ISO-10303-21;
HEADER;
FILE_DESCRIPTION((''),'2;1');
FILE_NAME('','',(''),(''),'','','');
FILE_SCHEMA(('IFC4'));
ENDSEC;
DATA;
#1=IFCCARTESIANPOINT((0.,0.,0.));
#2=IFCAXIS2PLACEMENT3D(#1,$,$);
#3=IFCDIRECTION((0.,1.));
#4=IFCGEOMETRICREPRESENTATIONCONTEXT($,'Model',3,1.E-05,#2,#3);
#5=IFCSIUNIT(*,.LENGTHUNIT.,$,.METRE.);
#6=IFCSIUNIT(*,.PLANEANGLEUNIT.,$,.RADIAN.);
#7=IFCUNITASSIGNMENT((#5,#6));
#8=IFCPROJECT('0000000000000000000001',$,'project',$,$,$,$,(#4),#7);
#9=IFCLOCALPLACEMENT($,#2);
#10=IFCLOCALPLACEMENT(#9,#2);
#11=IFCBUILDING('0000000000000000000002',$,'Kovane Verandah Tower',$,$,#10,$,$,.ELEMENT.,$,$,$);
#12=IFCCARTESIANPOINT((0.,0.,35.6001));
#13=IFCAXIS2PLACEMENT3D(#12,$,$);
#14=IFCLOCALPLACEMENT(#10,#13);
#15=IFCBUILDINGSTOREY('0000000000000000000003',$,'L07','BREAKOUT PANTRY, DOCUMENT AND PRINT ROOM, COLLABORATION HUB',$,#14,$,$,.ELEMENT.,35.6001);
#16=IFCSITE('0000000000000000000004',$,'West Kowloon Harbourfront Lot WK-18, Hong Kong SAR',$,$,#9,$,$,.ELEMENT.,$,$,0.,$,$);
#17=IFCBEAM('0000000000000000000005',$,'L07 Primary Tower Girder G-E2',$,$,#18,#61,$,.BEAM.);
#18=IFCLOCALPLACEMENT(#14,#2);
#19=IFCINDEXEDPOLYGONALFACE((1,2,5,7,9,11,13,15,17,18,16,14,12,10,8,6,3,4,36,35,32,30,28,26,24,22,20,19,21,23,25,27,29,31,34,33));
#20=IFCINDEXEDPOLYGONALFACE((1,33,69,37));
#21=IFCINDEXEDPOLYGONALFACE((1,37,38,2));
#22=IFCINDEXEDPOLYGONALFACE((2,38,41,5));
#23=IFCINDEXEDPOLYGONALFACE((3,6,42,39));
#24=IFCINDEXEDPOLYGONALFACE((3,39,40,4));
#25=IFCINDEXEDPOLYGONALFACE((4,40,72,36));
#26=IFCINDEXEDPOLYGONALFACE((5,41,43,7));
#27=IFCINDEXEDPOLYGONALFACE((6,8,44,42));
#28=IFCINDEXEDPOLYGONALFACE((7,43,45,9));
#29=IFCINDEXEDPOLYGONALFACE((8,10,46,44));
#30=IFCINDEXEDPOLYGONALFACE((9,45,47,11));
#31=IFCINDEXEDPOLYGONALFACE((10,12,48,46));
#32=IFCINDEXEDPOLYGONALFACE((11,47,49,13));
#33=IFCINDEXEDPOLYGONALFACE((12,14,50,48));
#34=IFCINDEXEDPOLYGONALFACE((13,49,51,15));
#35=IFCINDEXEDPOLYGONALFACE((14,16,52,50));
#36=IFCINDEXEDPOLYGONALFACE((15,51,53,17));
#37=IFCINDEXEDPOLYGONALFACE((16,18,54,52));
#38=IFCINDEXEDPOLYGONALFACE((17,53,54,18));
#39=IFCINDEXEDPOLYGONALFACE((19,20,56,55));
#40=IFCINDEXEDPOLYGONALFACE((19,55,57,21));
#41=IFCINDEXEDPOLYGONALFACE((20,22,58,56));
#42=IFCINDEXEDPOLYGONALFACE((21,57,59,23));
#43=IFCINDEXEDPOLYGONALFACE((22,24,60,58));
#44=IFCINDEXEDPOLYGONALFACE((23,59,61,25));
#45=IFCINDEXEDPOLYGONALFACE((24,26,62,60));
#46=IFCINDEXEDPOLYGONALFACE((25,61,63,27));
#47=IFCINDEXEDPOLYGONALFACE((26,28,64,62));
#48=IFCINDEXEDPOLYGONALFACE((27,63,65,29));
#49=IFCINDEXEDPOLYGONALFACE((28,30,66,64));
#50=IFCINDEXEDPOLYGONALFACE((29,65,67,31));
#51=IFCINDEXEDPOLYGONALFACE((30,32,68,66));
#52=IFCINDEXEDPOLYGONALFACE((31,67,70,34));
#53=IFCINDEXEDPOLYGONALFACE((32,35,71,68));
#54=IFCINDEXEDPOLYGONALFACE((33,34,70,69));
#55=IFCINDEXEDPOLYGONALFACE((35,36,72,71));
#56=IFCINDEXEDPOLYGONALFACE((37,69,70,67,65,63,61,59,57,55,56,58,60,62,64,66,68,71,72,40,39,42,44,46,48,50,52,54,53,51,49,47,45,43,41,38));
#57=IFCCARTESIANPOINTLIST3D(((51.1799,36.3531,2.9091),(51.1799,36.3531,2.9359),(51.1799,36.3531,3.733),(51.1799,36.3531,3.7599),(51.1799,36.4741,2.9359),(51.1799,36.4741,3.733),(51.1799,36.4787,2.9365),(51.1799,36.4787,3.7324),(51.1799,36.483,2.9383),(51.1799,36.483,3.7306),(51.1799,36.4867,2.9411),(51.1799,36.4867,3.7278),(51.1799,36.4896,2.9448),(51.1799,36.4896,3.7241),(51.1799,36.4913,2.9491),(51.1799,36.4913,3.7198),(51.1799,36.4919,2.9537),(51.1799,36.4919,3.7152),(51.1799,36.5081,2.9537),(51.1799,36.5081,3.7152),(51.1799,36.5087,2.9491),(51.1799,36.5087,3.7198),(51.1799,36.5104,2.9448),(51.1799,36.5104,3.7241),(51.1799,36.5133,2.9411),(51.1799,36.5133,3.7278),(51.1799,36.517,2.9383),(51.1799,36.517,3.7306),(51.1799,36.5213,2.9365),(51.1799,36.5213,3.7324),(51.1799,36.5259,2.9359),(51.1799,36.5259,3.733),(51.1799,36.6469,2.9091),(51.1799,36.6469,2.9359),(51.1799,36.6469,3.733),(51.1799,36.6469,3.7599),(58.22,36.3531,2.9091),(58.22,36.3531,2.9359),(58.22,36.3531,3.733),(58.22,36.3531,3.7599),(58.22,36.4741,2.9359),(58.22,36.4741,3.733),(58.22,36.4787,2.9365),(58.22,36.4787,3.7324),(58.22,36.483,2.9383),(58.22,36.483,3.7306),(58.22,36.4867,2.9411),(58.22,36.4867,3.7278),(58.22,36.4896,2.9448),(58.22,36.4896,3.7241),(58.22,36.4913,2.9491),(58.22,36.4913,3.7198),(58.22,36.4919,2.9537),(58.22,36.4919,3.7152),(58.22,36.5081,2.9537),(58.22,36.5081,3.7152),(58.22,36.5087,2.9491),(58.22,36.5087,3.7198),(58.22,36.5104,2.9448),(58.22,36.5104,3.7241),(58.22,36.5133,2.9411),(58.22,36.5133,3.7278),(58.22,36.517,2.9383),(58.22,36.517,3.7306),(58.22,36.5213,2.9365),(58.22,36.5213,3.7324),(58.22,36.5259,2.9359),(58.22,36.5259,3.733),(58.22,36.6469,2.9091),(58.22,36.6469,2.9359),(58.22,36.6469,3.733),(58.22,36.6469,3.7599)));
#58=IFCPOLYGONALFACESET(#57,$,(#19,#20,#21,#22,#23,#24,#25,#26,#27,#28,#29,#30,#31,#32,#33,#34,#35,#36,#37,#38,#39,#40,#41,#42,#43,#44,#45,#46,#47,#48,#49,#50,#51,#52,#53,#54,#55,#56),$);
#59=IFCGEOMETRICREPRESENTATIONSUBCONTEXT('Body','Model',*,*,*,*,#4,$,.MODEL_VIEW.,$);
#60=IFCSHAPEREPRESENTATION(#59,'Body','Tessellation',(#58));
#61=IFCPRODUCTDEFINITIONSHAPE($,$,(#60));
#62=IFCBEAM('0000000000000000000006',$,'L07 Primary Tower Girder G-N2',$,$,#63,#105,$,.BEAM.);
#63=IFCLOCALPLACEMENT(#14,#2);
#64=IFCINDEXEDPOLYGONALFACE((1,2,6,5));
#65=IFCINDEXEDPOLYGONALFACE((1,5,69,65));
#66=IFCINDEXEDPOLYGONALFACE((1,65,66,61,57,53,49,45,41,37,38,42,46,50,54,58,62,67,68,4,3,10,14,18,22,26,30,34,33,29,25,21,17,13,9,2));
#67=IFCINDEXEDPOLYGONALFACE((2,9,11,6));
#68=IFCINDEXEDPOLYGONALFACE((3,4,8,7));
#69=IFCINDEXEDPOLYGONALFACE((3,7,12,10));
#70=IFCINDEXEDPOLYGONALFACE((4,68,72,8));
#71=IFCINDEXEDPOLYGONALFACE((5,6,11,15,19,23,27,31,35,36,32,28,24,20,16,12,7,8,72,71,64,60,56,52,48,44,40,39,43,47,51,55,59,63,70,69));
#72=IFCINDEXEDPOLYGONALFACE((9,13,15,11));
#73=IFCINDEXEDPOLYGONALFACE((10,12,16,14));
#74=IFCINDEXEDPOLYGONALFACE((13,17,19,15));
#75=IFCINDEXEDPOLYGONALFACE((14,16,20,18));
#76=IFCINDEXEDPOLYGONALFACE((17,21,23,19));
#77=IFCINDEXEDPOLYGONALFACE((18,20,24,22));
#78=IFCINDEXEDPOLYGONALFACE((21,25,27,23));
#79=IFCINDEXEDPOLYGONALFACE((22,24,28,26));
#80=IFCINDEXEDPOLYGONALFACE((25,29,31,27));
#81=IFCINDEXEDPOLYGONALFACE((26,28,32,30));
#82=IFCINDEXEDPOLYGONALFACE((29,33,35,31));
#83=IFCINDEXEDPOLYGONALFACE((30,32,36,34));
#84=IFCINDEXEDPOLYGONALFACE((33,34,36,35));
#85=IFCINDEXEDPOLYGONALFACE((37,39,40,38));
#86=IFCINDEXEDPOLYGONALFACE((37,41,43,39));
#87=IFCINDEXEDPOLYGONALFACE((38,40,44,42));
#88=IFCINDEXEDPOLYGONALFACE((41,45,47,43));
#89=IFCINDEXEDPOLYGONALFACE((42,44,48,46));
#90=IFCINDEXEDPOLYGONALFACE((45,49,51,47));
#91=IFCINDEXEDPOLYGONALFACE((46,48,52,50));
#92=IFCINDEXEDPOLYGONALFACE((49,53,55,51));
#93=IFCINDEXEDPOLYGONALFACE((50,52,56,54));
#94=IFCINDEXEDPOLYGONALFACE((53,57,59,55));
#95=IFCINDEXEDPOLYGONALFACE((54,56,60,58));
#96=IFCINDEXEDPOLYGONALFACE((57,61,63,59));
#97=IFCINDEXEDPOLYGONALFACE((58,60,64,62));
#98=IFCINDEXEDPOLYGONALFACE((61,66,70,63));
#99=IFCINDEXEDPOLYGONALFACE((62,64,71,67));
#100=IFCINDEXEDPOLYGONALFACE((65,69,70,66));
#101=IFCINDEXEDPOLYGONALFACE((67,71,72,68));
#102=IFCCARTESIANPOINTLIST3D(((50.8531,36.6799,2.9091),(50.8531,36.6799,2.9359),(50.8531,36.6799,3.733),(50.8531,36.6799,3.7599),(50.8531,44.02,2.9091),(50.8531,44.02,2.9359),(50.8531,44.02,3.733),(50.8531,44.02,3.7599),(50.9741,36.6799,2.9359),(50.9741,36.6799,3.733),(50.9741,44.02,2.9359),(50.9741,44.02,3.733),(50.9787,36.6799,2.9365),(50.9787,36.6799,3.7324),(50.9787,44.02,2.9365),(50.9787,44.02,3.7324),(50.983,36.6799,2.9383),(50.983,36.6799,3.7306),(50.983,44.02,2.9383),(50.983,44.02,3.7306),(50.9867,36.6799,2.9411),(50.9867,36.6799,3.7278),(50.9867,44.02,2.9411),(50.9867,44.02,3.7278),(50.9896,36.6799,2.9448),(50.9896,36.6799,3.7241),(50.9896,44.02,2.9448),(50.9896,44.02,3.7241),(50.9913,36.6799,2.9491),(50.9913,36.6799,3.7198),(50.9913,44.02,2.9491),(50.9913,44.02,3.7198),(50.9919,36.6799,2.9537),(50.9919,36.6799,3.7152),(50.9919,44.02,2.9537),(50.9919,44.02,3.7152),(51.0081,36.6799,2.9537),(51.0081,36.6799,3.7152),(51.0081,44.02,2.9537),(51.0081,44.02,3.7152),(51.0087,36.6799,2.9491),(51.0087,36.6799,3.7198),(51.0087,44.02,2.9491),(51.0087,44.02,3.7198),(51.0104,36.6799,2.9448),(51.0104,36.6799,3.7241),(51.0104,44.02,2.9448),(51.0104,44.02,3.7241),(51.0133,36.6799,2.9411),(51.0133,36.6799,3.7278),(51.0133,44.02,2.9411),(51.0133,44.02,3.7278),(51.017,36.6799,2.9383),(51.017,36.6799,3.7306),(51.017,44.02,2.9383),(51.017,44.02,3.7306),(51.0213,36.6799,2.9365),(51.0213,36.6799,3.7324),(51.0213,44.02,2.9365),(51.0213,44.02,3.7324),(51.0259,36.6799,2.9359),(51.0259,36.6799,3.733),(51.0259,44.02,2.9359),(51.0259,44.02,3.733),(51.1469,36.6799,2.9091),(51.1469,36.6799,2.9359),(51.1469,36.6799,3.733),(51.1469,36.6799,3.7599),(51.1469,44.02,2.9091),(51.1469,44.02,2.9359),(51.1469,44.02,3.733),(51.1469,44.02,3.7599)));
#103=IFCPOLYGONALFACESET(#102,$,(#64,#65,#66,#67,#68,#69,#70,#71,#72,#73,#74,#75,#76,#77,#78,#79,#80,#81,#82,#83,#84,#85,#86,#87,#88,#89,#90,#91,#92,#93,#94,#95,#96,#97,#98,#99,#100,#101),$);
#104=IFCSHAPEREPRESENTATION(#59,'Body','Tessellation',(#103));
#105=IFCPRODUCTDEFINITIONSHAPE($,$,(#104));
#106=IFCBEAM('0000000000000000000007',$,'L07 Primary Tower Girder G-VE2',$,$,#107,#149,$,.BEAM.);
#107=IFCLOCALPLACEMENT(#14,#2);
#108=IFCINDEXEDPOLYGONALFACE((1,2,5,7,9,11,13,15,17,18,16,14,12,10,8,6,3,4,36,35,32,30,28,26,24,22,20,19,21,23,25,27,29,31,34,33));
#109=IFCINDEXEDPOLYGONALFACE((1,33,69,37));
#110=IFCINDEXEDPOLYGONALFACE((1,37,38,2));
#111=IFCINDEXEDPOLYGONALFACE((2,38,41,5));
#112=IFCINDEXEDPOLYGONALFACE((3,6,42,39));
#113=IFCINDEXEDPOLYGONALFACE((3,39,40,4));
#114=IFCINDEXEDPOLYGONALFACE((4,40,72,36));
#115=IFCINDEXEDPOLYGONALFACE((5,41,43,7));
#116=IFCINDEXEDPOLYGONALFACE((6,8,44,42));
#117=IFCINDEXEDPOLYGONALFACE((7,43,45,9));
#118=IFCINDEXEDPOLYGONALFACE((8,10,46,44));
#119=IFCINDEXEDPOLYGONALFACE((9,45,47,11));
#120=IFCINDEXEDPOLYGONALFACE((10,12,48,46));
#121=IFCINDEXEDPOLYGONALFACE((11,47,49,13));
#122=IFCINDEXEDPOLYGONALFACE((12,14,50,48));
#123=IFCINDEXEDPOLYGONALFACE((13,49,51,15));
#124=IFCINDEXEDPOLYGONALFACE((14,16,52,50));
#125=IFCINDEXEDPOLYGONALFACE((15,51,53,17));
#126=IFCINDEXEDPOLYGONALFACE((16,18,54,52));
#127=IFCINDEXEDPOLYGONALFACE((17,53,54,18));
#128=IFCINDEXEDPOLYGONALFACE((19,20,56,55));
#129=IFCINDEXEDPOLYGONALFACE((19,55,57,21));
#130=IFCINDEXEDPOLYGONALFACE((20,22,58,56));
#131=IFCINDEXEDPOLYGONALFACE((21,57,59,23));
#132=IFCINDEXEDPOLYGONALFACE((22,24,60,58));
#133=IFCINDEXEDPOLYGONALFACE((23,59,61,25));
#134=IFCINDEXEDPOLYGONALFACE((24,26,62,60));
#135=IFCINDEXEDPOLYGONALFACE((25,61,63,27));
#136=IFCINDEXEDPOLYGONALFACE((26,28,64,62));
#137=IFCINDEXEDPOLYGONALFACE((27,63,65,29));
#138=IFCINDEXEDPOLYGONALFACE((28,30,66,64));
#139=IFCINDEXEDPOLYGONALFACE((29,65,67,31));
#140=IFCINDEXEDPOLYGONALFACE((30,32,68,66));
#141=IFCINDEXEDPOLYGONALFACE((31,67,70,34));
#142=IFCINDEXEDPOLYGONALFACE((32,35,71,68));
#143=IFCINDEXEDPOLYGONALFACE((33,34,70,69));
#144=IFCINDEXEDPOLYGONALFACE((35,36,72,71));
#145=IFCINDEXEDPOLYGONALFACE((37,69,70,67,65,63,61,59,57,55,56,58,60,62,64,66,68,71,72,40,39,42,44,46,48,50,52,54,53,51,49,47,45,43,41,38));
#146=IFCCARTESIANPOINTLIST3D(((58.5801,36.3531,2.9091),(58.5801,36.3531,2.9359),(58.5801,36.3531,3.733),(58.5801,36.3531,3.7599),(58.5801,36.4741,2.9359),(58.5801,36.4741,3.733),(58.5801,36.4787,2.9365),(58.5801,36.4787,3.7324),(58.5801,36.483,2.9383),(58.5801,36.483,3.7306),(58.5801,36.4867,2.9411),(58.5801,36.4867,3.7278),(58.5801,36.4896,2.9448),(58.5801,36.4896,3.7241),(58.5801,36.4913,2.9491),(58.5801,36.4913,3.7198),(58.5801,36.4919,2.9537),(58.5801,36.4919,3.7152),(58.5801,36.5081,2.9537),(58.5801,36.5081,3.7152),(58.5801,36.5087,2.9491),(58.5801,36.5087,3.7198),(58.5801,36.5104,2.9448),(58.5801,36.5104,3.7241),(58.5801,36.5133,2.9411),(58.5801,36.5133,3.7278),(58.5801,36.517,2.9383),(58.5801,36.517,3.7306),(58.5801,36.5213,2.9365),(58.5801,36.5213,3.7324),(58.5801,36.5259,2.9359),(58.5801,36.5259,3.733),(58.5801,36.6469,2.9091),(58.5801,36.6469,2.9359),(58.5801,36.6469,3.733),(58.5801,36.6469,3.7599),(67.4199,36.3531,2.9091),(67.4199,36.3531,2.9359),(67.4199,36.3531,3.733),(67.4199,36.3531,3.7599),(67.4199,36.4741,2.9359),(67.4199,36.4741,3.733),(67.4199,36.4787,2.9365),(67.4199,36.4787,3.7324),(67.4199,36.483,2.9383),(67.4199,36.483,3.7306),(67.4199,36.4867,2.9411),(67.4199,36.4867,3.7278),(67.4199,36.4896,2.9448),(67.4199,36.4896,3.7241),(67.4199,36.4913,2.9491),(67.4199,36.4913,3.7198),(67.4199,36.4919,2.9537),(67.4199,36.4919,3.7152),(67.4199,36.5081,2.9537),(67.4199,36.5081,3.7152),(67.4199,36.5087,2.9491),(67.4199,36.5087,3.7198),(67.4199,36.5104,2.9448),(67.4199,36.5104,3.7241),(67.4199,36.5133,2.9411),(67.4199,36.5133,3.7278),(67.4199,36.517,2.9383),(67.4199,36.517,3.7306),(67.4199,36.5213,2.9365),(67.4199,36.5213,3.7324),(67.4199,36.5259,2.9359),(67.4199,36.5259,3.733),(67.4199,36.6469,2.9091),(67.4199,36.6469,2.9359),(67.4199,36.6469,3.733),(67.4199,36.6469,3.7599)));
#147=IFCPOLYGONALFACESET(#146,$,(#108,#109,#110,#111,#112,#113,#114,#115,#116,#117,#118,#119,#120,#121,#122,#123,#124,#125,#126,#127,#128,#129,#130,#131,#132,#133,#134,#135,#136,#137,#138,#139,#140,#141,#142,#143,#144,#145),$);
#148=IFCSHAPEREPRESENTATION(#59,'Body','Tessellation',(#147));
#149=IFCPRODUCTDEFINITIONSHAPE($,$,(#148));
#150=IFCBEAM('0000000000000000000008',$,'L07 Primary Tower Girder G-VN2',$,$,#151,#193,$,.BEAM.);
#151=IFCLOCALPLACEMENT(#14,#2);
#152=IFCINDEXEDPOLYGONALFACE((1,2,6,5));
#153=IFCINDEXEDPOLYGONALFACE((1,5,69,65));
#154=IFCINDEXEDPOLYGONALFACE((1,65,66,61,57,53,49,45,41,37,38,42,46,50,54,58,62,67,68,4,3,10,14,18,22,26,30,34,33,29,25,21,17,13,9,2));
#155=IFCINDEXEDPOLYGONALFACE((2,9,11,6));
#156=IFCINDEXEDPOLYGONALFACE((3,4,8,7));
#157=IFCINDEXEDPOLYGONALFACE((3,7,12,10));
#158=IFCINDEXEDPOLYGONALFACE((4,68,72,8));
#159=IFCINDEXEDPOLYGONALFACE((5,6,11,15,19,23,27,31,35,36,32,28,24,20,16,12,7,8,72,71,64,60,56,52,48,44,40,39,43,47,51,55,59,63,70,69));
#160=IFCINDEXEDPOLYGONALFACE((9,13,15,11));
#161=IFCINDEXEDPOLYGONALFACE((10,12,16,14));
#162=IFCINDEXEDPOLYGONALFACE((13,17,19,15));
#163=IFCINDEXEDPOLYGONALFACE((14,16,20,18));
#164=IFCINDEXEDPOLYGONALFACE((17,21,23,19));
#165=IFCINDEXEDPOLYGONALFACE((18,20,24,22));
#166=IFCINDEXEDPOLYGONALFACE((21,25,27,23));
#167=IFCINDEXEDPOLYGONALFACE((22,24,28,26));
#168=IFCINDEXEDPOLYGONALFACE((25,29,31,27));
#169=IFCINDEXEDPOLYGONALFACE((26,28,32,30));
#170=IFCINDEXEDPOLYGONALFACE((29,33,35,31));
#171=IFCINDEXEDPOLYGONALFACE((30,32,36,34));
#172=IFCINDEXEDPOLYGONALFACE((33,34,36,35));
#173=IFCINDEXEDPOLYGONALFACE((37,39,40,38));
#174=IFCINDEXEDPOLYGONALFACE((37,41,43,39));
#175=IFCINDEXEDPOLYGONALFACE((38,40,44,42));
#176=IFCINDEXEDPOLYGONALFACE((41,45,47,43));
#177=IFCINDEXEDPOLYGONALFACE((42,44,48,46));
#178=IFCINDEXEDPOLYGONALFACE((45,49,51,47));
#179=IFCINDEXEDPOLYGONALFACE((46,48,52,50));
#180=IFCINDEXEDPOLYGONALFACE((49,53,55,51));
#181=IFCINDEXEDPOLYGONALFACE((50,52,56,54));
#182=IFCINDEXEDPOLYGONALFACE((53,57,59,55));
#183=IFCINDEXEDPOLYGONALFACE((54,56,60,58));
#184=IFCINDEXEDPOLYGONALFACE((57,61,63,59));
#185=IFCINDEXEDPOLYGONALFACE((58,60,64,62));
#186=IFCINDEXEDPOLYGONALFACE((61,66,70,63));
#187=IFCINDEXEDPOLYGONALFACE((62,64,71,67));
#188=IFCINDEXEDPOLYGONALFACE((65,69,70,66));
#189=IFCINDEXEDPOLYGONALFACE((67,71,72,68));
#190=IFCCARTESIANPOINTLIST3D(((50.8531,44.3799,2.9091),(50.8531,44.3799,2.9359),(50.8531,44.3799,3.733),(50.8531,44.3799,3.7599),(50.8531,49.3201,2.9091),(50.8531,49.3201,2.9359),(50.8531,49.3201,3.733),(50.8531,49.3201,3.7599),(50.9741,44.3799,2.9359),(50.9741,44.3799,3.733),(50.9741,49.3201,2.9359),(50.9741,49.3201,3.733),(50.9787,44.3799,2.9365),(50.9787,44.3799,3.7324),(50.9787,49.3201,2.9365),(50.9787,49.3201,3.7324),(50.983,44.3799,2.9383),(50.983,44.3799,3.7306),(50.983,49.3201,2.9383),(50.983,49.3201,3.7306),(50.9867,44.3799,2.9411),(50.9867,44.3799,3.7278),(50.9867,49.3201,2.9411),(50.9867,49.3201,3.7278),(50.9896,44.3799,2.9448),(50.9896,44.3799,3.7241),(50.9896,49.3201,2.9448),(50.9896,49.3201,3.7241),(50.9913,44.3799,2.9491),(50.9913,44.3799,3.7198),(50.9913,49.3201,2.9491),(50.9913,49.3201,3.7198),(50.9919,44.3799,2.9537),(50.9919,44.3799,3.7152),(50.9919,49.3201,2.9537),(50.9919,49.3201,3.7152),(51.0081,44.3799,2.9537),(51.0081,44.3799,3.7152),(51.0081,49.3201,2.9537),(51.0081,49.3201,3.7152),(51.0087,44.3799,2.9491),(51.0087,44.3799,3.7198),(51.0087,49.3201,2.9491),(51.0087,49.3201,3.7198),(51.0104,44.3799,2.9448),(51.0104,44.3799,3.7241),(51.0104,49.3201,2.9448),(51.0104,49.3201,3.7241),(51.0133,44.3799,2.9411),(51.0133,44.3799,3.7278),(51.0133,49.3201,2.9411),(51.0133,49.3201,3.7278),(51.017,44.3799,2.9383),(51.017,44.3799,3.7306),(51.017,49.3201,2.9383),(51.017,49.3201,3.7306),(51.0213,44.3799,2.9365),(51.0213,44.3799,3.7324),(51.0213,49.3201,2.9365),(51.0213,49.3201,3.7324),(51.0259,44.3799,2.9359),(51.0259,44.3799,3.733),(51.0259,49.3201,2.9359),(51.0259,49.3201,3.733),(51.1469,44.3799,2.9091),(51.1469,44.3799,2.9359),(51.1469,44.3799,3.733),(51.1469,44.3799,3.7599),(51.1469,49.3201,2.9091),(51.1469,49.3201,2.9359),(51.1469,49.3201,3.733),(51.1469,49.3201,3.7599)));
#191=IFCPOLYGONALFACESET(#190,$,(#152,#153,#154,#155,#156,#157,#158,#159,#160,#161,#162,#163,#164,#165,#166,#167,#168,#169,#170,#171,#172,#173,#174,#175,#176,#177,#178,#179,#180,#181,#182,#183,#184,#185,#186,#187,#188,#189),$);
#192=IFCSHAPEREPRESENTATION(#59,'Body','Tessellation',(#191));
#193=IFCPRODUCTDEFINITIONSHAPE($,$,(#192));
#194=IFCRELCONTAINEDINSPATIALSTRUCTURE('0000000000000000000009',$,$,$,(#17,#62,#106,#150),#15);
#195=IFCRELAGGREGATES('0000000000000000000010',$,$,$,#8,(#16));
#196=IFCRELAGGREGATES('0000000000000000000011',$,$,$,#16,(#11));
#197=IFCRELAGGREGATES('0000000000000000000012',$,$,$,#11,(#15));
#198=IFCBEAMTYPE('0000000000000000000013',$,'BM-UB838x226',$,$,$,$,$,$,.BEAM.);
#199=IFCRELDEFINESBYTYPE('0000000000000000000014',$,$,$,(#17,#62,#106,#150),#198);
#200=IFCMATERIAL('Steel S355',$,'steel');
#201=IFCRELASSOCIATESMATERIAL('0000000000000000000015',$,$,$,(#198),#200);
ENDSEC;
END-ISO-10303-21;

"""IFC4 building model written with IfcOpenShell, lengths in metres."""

from ifc_helpers import new_model, si_unit, direction, frame, origin, origin_2d, place, context, subcontext, project, spatial, i_section, extrude, material, material_profile, profile_set, type_object, element, save


model = new_model("IFC4")

# Units and contexts
model_context = context("Model", 3, precision=1e-05, world=origin(), true_north=direction((0.0, 1.0)))
body_context = subcontext(model_context, "Body", "Model", "MODEL_VIEW")
ifc_project = project(units=[si_unit("LENGTHUNIT", "METRE"), si_unit("PLANEANGLEUNIT", "RADIAN")], contexts=[model_context])

# Site, building, storey
site_placement = place(None, origin())
site = spatial("IfcSite", under=ifc_project, at=site_placement, Name="West Kowloon Harbourfront Lot WK-18, Hong Kong SAR", CompositionType="ELEMENT", RefElevation=0.0)
building_placement = place(site_placement, origin())
building = spatial("IfcBuilding", under=site, at=building_placement, Name="Kovane Verandah Tower", CompositionType="ELEMENT")
storey_placement = place(building_placement, frame((0.0, 0.0, 35.6001)))
storey = spatial("IfcBuildingStorey", under=building, at=storey_placement, Name="L07", Description="BREAKOUT PANTRY, DOCUMENT AND PRINT ROOM, COLLABORATION HUB", CompositionType="ELEMENT", Elevation=35.6001)

# Beams
ifc_material_1 = material(Name="Steel S355", Category="steel")
ifc_material_profile_1 = material_profile(ifc_material_1, i_section(OverallWidth=0.2937, OverallDepth=0.8508, WebThickness=0.0161, FlangeThickness=0.0269, FilletRadius=0.0178, at=origin_2d()), Name="UB838x292x226")
ifc_profile_set_1 = profile_set([ifc_material_profile_1], Name="Steel S355")
beam_type_1 = type_object("IfcBeamType", Name="BM-UB838x226", PredefinedType="BEAM", material=ifc_profile_set_1)
beam_1_placement = place(storey_placement, frame((51.1799, 36.5, 3.3345), z_axis=(1.0, 0.0, 0.0), x_axis=(0.0, 1.0, 0.0)))
element("IfcBeam", 1, at=beam_1_placement, inside=storey, type_object=beam_type_1, Name="L07 Primary Tower Girder G-E2", PredefinedType="BEAM", context=body_context, shape_type="SweptSolid", body=[
    extrude(i_section(OverallWidth=0.2937, OverallDepth=0.8508, WebThickness=0.0161, FlangeThickness=0.0269, FilletRadius=0.0178, at=origin_2d()), origin(), (0.0, 0.0, 1.0), 7.04),
])
beam_2_placement = place(storey_placement, frame((51.0, 36.6799, 3.3345), z_axis=(0.0, 1.0, 0.0), x_axis=(-1.0, 0.0, 0.0)))
element("IfcBeam", 2, at=beam_2_placement, inside=storey, type_object=beam_type_1, Name="L07 Primary Tower Girder G-N2", PredefinedType="BEAM", context=body_context, shape_type="SweptSolid", body=[
    extrude(i_section(OverallWidth=0.2937, OverallDepth=0.8508, WebThickness=0.0161, FlangeThickness=0.0269, FilletRadius=0.0178, at=origin_2d()), origin(), (0.0, 0.0, 1.0), 7.3401),
])
beam_3_placement = place(storey_placement, frame((58.5801, 36.5, 3.3345), z_axis=(1.0, 0.0, 0.0), x_axis=(0.0, 1.0, 0.0)))
element("IfcBeam", 3, at=beam_3_placement, inside=storey, type_object=beam_type_1, Name="L07 Primary Tower Girder G-VE2", PredefinedType="BEAM", context=body_context, shape_type="SweptSolid", body=[
    extrude(i_section(OverallWidth=0.2937, OverallDepth=0.8508, WebThickness=0.0161, FlangeThickness=0.0269, FilletRadius=0.0178, at=origin_2d()), origin(), (0.0, 0.0, 1.0), 8.8398),
])
beam_4_placement = place(storey_placement, frame((51.0, 44.3799, 3.3345), z_axis=(0.0, 1.0, 0.0), x_axis=(-1.0, 0.0, 0.0)))
element("IfcBeam", 4, at=beam_4_placement, inside=storey, type_object=beam_type_1, Name="L07 Primary Tower Girder G-VN2", PredefinedType="BEAM", context=body_context, shape_type="SweptSolid", body=[
    extrude(i_section(OverallWidth=0.2937, OverallDepth=0.8508, WebThickness=0.0161, FlangeThickness=0.0269, FilletRadius=0.0178, at=origin_2d()), origin(), (0.0, 0.0, 1.0), 4.9402),
])

save(model, "model.ifc")
